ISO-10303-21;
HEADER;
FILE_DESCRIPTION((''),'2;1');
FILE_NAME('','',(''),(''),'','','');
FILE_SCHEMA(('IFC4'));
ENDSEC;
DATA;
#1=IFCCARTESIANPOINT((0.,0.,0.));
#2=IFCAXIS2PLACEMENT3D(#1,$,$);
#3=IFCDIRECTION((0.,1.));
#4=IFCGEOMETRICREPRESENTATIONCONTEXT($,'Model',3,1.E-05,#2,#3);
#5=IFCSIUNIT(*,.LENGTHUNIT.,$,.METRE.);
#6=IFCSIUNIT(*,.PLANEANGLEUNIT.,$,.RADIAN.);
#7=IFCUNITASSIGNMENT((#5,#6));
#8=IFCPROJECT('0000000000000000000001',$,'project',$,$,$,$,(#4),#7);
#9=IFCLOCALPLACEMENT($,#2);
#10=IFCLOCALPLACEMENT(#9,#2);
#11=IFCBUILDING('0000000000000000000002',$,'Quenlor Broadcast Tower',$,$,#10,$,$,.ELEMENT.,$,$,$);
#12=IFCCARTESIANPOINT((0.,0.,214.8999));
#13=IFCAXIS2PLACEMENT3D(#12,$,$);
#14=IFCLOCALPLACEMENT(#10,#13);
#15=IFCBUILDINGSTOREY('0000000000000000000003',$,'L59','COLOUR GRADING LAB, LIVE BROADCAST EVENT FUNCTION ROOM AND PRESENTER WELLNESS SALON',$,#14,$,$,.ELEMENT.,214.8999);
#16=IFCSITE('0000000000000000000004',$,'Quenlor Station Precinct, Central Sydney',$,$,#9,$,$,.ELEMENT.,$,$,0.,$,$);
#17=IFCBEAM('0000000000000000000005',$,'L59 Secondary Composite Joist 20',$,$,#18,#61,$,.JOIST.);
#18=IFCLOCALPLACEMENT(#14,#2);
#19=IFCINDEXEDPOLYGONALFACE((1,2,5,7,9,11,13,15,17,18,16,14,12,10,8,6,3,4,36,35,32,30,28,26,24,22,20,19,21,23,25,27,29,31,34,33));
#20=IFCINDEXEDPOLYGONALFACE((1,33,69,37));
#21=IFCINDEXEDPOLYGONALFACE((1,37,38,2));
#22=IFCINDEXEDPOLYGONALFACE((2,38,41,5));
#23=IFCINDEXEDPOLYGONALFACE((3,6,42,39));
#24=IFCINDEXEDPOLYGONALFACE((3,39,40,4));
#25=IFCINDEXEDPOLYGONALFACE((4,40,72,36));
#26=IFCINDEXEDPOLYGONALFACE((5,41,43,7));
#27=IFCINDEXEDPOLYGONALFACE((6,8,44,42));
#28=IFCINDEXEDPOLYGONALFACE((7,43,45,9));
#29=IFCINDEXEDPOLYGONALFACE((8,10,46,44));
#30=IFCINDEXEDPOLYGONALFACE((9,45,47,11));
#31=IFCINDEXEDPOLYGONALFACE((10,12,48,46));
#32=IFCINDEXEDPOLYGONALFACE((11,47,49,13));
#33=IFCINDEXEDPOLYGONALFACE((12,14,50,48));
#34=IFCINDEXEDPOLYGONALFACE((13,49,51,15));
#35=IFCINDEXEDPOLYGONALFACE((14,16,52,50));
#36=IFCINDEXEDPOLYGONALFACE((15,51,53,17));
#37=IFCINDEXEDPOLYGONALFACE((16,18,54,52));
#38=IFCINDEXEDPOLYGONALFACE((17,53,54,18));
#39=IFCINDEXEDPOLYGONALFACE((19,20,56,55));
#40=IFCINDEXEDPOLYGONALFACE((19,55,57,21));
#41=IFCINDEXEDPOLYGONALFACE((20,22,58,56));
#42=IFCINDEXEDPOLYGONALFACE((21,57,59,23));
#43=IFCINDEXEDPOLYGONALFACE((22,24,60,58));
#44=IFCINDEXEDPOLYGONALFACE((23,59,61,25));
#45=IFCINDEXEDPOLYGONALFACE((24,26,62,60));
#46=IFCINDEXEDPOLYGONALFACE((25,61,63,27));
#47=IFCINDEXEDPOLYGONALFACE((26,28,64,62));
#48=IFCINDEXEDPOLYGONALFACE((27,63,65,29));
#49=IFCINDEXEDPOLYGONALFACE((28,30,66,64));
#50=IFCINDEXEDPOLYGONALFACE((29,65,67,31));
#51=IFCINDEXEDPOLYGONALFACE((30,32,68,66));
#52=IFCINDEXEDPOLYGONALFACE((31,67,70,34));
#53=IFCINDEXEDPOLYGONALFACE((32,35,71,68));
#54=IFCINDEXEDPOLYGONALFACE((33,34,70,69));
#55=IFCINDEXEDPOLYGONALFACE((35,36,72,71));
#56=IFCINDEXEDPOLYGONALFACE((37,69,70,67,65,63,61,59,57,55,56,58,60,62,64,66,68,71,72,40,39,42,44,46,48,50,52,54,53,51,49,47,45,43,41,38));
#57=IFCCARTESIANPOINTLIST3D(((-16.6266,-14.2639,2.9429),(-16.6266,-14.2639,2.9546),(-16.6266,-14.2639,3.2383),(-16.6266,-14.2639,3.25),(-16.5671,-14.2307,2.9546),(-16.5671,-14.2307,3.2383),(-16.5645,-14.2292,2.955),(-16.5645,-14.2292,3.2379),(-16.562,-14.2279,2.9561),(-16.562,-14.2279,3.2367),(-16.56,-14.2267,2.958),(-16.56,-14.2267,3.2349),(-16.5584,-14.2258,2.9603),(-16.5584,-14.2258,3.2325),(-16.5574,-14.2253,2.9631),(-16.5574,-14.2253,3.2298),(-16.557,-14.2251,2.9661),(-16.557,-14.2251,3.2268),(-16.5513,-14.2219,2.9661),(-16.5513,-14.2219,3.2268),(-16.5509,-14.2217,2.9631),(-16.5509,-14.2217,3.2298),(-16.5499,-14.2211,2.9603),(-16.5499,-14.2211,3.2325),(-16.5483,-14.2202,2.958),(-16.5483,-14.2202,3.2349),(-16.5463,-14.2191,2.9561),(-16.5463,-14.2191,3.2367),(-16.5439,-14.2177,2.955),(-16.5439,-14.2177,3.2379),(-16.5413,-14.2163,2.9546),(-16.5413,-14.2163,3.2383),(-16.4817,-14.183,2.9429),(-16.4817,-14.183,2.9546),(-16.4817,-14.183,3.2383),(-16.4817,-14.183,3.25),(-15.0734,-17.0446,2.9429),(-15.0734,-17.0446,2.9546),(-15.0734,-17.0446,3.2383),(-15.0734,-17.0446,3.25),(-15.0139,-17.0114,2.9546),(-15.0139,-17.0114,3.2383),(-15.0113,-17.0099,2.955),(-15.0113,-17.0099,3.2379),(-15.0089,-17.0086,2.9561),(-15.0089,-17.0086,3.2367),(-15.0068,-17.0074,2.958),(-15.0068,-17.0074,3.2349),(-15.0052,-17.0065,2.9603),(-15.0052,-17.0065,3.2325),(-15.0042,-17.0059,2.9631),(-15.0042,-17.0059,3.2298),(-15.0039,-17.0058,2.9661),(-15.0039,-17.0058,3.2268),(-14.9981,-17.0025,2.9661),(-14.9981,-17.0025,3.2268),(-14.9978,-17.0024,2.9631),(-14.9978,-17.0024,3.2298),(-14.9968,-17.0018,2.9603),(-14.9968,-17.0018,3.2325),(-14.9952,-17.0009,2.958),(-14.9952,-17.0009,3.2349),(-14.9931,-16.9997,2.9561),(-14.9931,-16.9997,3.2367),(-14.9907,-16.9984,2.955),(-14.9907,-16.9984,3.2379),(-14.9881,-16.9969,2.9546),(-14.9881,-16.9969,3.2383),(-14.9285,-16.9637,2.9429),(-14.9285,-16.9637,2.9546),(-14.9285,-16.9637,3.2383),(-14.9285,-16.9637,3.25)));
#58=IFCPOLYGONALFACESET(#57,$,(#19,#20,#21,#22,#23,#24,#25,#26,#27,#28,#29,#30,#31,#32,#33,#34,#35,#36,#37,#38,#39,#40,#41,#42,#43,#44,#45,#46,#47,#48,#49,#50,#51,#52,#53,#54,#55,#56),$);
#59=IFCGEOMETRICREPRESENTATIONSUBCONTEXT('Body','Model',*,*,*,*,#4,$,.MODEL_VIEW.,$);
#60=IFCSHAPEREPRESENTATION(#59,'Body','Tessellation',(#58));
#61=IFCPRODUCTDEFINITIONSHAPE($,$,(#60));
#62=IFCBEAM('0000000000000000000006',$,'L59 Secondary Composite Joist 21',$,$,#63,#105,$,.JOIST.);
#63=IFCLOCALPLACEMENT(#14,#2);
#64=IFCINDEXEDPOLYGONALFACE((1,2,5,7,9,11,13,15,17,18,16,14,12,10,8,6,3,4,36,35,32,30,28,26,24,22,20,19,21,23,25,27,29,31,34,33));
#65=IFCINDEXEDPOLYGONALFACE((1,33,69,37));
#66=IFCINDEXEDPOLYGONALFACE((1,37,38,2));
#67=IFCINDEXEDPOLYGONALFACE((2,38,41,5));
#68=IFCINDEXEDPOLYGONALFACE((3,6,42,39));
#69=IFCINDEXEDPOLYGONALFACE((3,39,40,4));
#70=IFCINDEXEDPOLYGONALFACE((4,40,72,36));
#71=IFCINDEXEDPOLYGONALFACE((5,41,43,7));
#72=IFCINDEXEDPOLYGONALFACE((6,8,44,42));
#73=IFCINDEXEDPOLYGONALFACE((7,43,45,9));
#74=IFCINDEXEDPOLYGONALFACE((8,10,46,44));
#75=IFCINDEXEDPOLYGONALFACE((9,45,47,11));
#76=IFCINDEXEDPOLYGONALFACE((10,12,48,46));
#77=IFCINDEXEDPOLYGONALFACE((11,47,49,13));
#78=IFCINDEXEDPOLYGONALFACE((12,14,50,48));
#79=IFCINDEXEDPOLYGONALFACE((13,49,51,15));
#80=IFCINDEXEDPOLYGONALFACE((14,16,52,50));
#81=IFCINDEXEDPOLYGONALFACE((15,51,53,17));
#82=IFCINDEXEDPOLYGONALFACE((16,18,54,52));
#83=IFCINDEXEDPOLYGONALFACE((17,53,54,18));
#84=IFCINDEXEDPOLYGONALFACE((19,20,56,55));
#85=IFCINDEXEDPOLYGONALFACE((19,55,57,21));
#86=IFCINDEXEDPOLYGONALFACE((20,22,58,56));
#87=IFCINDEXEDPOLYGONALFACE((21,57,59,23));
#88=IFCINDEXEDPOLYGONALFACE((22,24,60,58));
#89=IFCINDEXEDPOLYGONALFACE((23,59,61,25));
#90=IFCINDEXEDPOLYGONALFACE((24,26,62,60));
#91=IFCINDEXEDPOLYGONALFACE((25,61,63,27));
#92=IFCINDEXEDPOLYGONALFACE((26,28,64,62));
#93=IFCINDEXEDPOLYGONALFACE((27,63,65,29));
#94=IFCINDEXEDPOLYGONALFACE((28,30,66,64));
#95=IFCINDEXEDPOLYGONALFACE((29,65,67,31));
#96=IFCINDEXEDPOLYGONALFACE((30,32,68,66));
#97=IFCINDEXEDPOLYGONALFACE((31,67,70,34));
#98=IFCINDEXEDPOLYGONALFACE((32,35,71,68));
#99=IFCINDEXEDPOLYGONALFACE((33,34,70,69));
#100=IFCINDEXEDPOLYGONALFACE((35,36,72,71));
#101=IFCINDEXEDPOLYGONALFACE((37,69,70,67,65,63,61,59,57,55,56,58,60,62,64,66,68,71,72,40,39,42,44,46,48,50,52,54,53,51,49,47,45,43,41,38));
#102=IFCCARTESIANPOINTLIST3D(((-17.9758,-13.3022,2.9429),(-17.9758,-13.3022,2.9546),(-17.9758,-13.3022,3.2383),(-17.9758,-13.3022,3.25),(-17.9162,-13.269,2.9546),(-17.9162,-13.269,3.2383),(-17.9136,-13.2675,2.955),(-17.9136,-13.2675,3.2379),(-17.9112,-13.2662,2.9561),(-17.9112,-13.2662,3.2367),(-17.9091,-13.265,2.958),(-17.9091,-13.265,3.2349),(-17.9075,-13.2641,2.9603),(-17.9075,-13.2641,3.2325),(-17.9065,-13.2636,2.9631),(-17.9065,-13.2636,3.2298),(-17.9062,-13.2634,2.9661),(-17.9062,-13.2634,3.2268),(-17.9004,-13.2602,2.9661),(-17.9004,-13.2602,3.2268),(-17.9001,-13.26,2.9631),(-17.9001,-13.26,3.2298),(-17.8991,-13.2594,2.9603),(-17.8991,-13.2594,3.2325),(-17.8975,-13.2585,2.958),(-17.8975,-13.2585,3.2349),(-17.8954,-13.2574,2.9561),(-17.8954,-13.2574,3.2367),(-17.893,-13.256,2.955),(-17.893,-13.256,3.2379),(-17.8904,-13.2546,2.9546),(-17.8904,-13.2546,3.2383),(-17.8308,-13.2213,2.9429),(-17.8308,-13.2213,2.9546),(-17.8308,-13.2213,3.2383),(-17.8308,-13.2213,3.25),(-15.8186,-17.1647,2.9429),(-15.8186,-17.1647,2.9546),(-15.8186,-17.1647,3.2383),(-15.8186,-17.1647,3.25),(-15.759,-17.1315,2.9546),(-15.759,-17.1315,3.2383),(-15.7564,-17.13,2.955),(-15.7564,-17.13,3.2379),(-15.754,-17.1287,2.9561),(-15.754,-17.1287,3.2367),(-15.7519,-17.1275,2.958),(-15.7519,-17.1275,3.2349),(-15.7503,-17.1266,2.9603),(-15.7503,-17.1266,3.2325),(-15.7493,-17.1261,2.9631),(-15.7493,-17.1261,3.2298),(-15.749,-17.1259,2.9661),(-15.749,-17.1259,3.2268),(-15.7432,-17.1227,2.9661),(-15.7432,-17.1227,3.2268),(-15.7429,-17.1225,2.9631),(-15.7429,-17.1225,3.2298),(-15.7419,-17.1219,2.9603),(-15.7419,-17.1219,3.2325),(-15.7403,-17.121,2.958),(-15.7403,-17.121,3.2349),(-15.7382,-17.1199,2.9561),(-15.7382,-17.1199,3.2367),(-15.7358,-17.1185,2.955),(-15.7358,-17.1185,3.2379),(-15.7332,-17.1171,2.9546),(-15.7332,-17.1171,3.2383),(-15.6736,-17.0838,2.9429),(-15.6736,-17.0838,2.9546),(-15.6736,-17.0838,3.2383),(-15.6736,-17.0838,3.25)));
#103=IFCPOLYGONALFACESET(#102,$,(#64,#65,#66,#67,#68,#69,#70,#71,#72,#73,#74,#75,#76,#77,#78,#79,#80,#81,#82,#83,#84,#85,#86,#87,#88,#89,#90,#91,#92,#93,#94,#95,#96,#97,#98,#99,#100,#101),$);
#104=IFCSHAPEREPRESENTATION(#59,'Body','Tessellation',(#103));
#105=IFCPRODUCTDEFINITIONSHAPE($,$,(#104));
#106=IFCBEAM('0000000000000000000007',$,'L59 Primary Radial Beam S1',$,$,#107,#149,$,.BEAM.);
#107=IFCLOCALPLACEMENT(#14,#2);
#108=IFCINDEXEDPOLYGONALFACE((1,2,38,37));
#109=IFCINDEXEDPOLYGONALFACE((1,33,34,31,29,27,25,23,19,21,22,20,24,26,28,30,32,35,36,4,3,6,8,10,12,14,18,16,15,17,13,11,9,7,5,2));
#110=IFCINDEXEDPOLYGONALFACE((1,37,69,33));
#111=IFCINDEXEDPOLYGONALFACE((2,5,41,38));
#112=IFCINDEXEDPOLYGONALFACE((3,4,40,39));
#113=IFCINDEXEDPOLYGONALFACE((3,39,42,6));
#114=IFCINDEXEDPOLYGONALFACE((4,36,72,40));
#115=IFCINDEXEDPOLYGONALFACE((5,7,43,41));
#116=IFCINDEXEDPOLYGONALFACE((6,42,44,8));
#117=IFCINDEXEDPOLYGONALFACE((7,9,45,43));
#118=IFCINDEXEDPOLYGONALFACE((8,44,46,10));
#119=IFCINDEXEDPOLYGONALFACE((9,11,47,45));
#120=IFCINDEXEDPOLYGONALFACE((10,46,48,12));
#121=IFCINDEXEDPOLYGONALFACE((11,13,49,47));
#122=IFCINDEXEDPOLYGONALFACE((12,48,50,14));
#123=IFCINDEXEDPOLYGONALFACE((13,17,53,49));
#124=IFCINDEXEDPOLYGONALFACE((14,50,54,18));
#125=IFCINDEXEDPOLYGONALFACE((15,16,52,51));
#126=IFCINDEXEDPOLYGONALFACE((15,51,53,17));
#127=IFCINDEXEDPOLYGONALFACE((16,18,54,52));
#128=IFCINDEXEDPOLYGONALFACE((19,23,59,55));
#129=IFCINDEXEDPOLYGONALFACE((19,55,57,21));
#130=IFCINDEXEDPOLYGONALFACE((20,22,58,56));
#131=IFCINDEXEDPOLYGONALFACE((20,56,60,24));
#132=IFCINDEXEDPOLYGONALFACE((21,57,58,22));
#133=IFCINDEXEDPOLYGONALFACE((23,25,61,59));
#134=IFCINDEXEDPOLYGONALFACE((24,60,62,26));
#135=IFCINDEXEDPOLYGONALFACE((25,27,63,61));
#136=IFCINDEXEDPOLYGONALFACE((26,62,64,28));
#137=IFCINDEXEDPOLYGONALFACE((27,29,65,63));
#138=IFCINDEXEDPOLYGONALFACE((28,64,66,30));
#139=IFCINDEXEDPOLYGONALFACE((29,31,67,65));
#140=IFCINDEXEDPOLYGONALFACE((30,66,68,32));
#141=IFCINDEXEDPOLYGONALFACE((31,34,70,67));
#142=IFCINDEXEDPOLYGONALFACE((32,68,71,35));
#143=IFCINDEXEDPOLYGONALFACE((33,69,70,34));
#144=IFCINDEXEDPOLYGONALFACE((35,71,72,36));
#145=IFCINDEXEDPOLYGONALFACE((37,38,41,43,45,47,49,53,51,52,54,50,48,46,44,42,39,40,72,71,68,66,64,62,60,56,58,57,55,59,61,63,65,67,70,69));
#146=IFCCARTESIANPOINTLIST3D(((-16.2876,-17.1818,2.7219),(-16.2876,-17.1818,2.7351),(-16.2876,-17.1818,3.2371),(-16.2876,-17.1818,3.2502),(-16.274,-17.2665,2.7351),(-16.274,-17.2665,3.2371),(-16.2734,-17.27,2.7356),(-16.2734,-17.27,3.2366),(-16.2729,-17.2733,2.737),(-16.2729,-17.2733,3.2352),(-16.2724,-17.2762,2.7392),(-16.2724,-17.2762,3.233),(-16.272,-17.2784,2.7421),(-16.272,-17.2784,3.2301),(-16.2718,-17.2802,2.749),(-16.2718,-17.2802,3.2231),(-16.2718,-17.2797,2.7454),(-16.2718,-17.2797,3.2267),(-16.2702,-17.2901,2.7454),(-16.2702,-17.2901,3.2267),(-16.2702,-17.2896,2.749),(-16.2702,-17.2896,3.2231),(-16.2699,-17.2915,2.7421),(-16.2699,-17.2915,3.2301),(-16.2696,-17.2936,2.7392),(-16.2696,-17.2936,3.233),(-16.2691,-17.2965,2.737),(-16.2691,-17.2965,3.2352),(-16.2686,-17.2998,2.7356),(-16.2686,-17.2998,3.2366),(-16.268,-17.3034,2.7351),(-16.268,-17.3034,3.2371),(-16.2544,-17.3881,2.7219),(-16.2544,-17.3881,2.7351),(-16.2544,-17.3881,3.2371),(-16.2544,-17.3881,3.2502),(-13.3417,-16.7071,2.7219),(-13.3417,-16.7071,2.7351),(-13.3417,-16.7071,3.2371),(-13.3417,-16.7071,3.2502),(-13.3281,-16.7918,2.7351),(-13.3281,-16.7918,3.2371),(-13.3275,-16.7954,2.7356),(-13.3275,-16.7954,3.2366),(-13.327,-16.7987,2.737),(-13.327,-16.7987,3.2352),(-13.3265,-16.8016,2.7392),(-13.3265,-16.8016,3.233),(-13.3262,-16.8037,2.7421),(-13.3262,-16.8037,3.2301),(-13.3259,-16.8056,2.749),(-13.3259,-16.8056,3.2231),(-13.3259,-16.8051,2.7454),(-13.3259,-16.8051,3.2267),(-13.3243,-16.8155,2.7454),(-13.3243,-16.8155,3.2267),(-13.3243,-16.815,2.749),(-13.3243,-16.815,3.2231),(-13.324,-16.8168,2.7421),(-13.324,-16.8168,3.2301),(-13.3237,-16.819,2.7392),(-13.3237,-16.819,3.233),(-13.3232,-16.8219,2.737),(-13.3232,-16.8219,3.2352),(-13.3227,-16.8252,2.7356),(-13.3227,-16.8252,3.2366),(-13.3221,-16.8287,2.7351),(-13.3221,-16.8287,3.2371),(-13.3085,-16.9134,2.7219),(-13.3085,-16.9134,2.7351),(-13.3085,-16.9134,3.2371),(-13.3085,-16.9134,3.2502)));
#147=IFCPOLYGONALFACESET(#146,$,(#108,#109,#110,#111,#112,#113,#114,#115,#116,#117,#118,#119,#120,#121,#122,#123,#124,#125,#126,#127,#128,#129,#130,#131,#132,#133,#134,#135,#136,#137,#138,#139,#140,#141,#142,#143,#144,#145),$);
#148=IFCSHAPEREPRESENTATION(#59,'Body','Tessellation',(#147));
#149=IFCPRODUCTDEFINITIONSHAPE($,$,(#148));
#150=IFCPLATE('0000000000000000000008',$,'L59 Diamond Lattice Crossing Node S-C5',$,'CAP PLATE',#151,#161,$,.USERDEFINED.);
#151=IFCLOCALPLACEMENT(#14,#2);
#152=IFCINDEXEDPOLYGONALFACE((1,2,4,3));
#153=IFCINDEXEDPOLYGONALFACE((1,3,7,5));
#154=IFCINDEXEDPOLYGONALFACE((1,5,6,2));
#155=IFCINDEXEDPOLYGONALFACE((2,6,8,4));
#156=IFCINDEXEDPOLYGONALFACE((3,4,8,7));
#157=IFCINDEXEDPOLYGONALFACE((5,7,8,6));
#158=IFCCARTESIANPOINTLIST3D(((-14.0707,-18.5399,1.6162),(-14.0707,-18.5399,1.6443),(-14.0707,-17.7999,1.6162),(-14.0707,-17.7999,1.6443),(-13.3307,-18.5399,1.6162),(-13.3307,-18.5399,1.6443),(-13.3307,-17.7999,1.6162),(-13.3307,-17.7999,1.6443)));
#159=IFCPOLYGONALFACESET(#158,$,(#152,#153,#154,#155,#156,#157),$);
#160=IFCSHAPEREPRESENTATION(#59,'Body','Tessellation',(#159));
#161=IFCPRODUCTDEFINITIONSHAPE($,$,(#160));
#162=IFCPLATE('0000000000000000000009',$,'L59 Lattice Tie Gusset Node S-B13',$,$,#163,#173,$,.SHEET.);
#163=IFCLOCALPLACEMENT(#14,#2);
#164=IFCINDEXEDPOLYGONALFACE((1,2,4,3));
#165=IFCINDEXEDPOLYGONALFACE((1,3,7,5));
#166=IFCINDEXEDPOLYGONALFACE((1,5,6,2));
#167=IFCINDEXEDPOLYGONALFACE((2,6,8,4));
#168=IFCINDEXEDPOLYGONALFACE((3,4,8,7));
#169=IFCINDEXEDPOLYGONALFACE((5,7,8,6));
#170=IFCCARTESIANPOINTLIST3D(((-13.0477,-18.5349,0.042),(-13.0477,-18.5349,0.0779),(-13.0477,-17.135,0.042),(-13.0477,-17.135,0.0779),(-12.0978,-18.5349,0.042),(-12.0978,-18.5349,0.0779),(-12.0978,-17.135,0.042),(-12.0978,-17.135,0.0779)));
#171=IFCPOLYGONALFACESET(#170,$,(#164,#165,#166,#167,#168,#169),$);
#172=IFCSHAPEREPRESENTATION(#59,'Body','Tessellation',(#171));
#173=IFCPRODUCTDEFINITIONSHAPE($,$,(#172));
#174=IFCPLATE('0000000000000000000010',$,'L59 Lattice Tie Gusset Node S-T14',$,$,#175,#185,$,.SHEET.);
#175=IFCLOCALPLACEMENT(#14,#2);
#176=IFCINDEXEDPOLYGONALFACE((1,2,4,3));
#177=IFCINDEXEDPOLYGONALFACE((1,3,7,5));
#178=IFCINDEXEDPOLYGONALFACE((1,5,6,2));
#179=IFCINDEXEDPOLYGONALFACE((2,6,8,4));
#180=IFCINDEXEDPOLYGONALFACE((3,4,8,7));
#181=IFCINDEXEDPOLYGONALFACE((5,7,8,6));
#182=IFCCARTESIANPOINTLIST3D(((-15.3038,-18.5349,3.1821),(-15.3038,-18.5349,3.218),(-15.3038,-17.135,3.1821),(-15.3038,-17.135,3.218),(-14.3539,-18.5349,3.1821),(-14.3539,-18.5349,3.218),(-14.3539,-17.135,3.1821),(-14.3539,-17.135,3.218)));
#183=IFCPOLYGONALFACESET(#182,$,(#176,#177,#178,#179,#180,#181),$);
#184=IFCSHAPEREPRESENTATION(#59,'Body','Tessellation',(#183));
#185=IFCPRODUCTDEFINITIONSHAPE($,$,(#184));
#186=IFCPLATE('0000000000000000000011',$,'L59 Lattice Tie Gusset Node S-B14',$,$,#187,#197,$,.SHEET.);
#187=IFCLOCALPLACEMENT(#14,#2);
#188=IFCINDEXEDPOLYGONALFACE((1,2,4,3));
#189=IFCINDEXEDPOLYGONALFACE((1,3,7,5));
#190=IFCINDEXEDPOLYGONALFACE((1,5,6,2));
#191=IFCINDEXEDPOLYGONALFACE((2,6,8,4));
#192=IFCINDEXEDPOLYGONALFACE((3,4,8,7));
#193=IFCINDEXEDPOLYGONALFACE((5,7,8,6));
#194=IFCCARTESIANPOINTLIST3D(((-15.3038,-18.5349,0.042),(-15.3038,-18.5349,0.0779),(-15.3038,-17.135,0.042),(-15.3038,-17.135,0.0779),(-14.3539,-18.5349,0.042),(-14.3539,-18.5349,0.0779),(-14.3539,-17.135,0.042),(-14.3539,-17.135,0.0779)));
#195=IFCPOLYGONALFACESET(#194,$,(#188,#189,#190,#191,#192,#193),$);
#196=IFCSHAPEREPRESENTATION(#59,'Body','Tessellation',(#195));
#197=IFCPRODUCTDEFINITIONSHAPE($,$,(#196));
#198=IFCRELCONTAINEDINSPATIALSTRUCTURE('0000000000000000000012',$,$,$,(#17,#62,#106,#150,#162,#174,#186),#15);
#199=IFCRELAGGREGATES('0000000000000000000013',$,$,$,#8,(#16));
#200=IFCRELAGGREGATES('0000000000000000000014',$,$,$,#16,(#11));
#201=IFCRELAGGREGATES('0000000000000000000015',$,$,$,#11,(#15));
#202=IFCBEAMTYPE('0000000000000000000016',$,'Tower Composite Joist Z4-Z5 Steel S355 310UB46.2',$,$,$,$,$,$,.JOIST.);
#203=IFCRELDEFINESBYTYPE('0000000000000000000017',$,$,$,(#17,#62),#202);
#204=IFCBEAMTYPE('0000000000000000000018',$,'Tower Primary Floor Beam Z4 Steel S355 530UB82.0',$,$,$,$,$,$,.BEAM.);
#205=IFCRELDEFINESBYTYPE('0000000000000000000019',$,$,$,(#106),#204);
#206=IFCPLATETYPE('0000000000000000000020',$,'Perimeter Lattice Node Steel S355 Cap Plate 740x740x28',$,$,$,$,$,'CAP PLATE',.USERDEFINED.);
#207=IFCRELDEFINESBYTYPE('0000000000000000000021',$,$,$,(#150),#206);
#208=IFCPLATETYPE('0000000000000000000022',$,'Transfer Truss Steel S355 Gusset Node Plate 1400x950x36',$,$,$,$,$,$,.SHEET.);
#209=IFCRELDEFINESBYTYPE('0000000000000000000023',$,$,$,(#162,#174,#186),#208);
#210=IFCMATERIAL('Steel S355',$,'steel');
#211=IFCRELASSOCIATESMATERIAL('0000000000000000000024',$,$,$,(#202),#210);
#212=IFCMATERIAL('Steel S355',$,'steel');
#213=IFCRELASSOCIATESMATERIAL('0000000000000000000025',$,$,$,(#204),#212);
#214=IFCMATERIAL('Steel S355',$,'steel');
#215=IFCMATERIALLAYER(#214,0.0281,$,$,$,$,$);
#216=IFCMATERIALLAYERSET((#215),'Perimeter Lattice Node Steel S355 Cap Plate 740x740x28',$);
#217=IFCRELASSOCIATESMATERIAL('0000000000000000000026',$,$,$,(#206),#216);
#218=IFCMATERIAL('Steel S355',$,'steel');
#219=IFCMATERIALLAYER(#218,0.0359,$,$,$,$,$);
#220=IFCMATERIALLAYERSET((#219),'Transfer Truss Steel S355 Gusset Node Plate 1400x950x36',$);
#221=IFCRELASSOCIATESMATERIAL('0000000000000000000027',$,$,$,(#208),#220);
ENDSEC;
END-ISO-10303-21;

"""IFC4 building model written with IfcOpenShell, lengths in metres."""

from ifc_helpers import new_model, si_unit, direction, frame, origin, origin_2d, place, context, subcontext, project, spatial, rectangle, i_section, extrude, material, layer, layer_set, material_profile, profile_set, type_object, element, save


model = new_model("IFC4")

# Units and contexts
model_context = context("Model", 3, precision=1e-05, world=origin(), true_north=direction((0.0, 1.0)))
body_context = subcontext(model_context, "Body", "Model", "MODEL_VIEW")
ifc_project = project(units=[si_unit("LENGTHUNIT", "METRE"), si_unit("PLANEANGLEUNIT", "RADIAN")], contexts=[model_context])

# Site, building, storey
site_placement = place(None, origin())
site = spatial("IfcSite", under=ifc_project, at=site_placement, Name="Quenlor Station Precinct, Central Sydney", CompositionType="ELEMENT", RefElevation=0.0)
building_placement = place(site_placement, origin())
building = spatial("IfcBuilding", under=site, at=building_placement, Name="Quenlor Broadcast Tower", CompositionType="ELEMENT")
storey_placement = place(building_placement, frame((0.0, 0.0, 214.8999)))
storey = spatial("IfcBuildingStorey", under=building, at=storey_placement, Name="L59", Description="COLOUR GRADING LAB, LIVE BROADCAST EVENT FUNCTION ROOM AND PRESENTER WELLNESS SALON", CompositionType="ELEMENT", Elevation=214.8999)

# Beams
ifc_material_1 = material(Name="Steel S355", Category="steel")
ifc_material_profile_1 = material_profile(ifc_material_1, i_section(OverallWidth=0.166, OverallDepth=0.3071, WebThickness=0.0066, FlangeThickness=0.0117, FilletRadius=0.0115, at=origin_2d()))
ifc_profile_set_1 = profile_set([ifc_material_profile_1], Name="Steel S355 310UB46.2")
beam_type_1 = type_object("IfcBeamType", Name="Tower Composite Joist Z4-Z5 Steel S355 310UB46.2", PredefinedType="JOIST", material=ifc_profile_set_1)
beam_1_placement = place(storey_placement, frame((-15.001, -17.0042, 3.0964), z_axis=(-0.487646, 0.873041, 0.0), x_axis=(-0.873041, -0.487646, 0.0)))
element("IfcBeam", 1, at=beam_1_placement, inside=storey, type_object=beam_type_1, Name="L59 Secondary Composite Joist 20", PredefinedType="JOIST", context=body_context, shape_type="SweptSolid", body=[
    extrude(i_section(OverallWidth=0.166, OverallDepth=0.3071, WebThickness=0.0066, FlangeThickness=0.0117, FilletRadius=0.0115, at=origin_2d()), origin(), (0.0, 0.0, 1.0), 3.1851),
])
beam_2_placement = place(storey_placement, frame((-15.7461, -17.1243, 3.0964), z_axis=(-0.487605, 0.873064, 0.0), x_axis=(-0.873064, -0.487605, 0.0)))
element("IfcBeam", 2, at=beam_2_placement, inside=storey, type_object=beam_type_1, Name="L59 Secondary Composite Joist 21", PredefinedType="JOIST", context=body_context, shape_type="SweptSolid", body=[
    extrude(i_section(OverallWidth=0.166, OverallDepth=0.3071, WebThickness=0.0066, FlangeThickness=0.0117, FilletRadius=0.0115, at=origin_2d()), origin(), (0.0, 0.0, 1.0), 4.4241),
])
ifc_material_2 = material(Name="Steel S355", Category="steel")
ifc_material_profile_2 = material_profile(ifc_material_2, i_section(OverallWidth=0.209, OverallDepth=0.5283, WebThickness=0.0095, FlangeThickness=0.0132, FilletRadius=0.0139, at=origin_2d()))
ifc_profile_set_2 = profile_set([ifc_material_profile_2], Name="Steel S355 530UB82.0")
beam_type_2 = type_object("IfcBeamType", Name="Tower Primary Floor Beam Z4 Steel S355 530UB82.0", PredefinedType="BEAM", material=ifc_profile_set_2)
beam_3_placement = place(storey_placement, frame((-16.271, -17.2849, 2.9861), z_axis=(0.987268, 0.159063, 0.0), x_axis=(-0.159063, 0.987268, 0.0)))
element("IfcBeam", 3, at=beam_3_placement, inside=storey, type_object=beam_type_2, Name="L59 Primary Radial Beam S1", PredefinedType="BEAM", context=body_context, shape_type="SweptSolid", body=[
    extrude(i_section(OverallWidth=0.209, OverallDepth=0.5283, WebThickness=0.0095, FlangeThickness=0.0132, FilletRadius=0.0139, at=origin_2d()), origin(), (0.0, 0.0, 1.0), 2.9839),
])

# Plates
ifc_material_3 = material(Name="Steel S355", Category="steel")
ifc_layer_1 = layer(ifc_material_3, 0.0281)
ifc_layer_set_1 = layer_set([ifc_layer_1], Name="Perimeter Lattice Node Steel S355 Cap Plate 740x740x28")
plate_type_1 = type_object("IfcPlateType", Name="Perimeter Lattice Node Steel S355 Cap Plate 740x740x28", ElementType="CAP PLATE", PredefinedType="USERDEFINED", material=ifc_layer_set_1)
plate_placement = place(storey_placement, frame((-13.7007, -18.1699, 1.6162), z_axis=(0.0, 0.0, 1.0), x_axis=(-1.0, 0.0, 0.0)))
element("IfcPlate", 4, at=plate_placement, inside=storey, type_object=plate_type_1, Name="L59 Diamond Lattice Crossing Node S-C5", ObjectType="CAP PLATE", PredefinedType="USERDEFINED", context=body_context, shape_type="SweptSolid", body=[
    extrude(rectangle(XDim=0.74, YDim=0.74, at=origin_2d()), origin(), (0.0, 0.0, 1.0), 0.0281),
])
ifc_material_4 = material(Name="Steel S355", Category="steel")
ifc_layer_2 = layer(ifc_material_4, 0.0359)
ifc_layer_set_2 = layer_set([ifc_layer_2], Name="Transfer Truss Steel S355 Gusset Node Plate 1400x950x36")
plate_type_2 = type_object("IfcPlateType", Name="Transfer Truss Steel S355 Gusset Node Plate 1400x950x36", PredefinedType="SHEET", material=ifc_layer_set_2)
for number, where, z_axis, x_axis, name in (
    (5, (-12.5728, -17.835, 0.042), (0.0, 0.0, 1.0), (0.0, -1.0, 0.0), "L59 Lattice Tie Gusset Node S-B13"),
    (6, (-14.8289, -17.835, 3.1821), (0.0, 0.0, 1.0), (0.0, -1.0, 0.0), "L59 Lattice Tie Gusset Node S-T14"),
    (7, (-14.8289, -17.835, 0.042), (0.0, 0.0, 1.0), (0.0, -1.0, 0.0), "L59 Lattice Tie Gusset Node S-B14"),
):
    element("IfcPlate", number, at=place(storey_placement, frame(where, z_axis=z_axis, x_axis=x_axis)), inside=storey, type_object=plate_type_2, Name=name, PredefinedType="SHEET", context=body_context, shape_type="SweptSolid", body=[
        extrude(rectangle(XDim=1.3999, YDim=0.95, at=origin_2d()), origin(), (0.0, 0.0, 1.0), 0.0359),
    ])

save(model, "model.ifc")
